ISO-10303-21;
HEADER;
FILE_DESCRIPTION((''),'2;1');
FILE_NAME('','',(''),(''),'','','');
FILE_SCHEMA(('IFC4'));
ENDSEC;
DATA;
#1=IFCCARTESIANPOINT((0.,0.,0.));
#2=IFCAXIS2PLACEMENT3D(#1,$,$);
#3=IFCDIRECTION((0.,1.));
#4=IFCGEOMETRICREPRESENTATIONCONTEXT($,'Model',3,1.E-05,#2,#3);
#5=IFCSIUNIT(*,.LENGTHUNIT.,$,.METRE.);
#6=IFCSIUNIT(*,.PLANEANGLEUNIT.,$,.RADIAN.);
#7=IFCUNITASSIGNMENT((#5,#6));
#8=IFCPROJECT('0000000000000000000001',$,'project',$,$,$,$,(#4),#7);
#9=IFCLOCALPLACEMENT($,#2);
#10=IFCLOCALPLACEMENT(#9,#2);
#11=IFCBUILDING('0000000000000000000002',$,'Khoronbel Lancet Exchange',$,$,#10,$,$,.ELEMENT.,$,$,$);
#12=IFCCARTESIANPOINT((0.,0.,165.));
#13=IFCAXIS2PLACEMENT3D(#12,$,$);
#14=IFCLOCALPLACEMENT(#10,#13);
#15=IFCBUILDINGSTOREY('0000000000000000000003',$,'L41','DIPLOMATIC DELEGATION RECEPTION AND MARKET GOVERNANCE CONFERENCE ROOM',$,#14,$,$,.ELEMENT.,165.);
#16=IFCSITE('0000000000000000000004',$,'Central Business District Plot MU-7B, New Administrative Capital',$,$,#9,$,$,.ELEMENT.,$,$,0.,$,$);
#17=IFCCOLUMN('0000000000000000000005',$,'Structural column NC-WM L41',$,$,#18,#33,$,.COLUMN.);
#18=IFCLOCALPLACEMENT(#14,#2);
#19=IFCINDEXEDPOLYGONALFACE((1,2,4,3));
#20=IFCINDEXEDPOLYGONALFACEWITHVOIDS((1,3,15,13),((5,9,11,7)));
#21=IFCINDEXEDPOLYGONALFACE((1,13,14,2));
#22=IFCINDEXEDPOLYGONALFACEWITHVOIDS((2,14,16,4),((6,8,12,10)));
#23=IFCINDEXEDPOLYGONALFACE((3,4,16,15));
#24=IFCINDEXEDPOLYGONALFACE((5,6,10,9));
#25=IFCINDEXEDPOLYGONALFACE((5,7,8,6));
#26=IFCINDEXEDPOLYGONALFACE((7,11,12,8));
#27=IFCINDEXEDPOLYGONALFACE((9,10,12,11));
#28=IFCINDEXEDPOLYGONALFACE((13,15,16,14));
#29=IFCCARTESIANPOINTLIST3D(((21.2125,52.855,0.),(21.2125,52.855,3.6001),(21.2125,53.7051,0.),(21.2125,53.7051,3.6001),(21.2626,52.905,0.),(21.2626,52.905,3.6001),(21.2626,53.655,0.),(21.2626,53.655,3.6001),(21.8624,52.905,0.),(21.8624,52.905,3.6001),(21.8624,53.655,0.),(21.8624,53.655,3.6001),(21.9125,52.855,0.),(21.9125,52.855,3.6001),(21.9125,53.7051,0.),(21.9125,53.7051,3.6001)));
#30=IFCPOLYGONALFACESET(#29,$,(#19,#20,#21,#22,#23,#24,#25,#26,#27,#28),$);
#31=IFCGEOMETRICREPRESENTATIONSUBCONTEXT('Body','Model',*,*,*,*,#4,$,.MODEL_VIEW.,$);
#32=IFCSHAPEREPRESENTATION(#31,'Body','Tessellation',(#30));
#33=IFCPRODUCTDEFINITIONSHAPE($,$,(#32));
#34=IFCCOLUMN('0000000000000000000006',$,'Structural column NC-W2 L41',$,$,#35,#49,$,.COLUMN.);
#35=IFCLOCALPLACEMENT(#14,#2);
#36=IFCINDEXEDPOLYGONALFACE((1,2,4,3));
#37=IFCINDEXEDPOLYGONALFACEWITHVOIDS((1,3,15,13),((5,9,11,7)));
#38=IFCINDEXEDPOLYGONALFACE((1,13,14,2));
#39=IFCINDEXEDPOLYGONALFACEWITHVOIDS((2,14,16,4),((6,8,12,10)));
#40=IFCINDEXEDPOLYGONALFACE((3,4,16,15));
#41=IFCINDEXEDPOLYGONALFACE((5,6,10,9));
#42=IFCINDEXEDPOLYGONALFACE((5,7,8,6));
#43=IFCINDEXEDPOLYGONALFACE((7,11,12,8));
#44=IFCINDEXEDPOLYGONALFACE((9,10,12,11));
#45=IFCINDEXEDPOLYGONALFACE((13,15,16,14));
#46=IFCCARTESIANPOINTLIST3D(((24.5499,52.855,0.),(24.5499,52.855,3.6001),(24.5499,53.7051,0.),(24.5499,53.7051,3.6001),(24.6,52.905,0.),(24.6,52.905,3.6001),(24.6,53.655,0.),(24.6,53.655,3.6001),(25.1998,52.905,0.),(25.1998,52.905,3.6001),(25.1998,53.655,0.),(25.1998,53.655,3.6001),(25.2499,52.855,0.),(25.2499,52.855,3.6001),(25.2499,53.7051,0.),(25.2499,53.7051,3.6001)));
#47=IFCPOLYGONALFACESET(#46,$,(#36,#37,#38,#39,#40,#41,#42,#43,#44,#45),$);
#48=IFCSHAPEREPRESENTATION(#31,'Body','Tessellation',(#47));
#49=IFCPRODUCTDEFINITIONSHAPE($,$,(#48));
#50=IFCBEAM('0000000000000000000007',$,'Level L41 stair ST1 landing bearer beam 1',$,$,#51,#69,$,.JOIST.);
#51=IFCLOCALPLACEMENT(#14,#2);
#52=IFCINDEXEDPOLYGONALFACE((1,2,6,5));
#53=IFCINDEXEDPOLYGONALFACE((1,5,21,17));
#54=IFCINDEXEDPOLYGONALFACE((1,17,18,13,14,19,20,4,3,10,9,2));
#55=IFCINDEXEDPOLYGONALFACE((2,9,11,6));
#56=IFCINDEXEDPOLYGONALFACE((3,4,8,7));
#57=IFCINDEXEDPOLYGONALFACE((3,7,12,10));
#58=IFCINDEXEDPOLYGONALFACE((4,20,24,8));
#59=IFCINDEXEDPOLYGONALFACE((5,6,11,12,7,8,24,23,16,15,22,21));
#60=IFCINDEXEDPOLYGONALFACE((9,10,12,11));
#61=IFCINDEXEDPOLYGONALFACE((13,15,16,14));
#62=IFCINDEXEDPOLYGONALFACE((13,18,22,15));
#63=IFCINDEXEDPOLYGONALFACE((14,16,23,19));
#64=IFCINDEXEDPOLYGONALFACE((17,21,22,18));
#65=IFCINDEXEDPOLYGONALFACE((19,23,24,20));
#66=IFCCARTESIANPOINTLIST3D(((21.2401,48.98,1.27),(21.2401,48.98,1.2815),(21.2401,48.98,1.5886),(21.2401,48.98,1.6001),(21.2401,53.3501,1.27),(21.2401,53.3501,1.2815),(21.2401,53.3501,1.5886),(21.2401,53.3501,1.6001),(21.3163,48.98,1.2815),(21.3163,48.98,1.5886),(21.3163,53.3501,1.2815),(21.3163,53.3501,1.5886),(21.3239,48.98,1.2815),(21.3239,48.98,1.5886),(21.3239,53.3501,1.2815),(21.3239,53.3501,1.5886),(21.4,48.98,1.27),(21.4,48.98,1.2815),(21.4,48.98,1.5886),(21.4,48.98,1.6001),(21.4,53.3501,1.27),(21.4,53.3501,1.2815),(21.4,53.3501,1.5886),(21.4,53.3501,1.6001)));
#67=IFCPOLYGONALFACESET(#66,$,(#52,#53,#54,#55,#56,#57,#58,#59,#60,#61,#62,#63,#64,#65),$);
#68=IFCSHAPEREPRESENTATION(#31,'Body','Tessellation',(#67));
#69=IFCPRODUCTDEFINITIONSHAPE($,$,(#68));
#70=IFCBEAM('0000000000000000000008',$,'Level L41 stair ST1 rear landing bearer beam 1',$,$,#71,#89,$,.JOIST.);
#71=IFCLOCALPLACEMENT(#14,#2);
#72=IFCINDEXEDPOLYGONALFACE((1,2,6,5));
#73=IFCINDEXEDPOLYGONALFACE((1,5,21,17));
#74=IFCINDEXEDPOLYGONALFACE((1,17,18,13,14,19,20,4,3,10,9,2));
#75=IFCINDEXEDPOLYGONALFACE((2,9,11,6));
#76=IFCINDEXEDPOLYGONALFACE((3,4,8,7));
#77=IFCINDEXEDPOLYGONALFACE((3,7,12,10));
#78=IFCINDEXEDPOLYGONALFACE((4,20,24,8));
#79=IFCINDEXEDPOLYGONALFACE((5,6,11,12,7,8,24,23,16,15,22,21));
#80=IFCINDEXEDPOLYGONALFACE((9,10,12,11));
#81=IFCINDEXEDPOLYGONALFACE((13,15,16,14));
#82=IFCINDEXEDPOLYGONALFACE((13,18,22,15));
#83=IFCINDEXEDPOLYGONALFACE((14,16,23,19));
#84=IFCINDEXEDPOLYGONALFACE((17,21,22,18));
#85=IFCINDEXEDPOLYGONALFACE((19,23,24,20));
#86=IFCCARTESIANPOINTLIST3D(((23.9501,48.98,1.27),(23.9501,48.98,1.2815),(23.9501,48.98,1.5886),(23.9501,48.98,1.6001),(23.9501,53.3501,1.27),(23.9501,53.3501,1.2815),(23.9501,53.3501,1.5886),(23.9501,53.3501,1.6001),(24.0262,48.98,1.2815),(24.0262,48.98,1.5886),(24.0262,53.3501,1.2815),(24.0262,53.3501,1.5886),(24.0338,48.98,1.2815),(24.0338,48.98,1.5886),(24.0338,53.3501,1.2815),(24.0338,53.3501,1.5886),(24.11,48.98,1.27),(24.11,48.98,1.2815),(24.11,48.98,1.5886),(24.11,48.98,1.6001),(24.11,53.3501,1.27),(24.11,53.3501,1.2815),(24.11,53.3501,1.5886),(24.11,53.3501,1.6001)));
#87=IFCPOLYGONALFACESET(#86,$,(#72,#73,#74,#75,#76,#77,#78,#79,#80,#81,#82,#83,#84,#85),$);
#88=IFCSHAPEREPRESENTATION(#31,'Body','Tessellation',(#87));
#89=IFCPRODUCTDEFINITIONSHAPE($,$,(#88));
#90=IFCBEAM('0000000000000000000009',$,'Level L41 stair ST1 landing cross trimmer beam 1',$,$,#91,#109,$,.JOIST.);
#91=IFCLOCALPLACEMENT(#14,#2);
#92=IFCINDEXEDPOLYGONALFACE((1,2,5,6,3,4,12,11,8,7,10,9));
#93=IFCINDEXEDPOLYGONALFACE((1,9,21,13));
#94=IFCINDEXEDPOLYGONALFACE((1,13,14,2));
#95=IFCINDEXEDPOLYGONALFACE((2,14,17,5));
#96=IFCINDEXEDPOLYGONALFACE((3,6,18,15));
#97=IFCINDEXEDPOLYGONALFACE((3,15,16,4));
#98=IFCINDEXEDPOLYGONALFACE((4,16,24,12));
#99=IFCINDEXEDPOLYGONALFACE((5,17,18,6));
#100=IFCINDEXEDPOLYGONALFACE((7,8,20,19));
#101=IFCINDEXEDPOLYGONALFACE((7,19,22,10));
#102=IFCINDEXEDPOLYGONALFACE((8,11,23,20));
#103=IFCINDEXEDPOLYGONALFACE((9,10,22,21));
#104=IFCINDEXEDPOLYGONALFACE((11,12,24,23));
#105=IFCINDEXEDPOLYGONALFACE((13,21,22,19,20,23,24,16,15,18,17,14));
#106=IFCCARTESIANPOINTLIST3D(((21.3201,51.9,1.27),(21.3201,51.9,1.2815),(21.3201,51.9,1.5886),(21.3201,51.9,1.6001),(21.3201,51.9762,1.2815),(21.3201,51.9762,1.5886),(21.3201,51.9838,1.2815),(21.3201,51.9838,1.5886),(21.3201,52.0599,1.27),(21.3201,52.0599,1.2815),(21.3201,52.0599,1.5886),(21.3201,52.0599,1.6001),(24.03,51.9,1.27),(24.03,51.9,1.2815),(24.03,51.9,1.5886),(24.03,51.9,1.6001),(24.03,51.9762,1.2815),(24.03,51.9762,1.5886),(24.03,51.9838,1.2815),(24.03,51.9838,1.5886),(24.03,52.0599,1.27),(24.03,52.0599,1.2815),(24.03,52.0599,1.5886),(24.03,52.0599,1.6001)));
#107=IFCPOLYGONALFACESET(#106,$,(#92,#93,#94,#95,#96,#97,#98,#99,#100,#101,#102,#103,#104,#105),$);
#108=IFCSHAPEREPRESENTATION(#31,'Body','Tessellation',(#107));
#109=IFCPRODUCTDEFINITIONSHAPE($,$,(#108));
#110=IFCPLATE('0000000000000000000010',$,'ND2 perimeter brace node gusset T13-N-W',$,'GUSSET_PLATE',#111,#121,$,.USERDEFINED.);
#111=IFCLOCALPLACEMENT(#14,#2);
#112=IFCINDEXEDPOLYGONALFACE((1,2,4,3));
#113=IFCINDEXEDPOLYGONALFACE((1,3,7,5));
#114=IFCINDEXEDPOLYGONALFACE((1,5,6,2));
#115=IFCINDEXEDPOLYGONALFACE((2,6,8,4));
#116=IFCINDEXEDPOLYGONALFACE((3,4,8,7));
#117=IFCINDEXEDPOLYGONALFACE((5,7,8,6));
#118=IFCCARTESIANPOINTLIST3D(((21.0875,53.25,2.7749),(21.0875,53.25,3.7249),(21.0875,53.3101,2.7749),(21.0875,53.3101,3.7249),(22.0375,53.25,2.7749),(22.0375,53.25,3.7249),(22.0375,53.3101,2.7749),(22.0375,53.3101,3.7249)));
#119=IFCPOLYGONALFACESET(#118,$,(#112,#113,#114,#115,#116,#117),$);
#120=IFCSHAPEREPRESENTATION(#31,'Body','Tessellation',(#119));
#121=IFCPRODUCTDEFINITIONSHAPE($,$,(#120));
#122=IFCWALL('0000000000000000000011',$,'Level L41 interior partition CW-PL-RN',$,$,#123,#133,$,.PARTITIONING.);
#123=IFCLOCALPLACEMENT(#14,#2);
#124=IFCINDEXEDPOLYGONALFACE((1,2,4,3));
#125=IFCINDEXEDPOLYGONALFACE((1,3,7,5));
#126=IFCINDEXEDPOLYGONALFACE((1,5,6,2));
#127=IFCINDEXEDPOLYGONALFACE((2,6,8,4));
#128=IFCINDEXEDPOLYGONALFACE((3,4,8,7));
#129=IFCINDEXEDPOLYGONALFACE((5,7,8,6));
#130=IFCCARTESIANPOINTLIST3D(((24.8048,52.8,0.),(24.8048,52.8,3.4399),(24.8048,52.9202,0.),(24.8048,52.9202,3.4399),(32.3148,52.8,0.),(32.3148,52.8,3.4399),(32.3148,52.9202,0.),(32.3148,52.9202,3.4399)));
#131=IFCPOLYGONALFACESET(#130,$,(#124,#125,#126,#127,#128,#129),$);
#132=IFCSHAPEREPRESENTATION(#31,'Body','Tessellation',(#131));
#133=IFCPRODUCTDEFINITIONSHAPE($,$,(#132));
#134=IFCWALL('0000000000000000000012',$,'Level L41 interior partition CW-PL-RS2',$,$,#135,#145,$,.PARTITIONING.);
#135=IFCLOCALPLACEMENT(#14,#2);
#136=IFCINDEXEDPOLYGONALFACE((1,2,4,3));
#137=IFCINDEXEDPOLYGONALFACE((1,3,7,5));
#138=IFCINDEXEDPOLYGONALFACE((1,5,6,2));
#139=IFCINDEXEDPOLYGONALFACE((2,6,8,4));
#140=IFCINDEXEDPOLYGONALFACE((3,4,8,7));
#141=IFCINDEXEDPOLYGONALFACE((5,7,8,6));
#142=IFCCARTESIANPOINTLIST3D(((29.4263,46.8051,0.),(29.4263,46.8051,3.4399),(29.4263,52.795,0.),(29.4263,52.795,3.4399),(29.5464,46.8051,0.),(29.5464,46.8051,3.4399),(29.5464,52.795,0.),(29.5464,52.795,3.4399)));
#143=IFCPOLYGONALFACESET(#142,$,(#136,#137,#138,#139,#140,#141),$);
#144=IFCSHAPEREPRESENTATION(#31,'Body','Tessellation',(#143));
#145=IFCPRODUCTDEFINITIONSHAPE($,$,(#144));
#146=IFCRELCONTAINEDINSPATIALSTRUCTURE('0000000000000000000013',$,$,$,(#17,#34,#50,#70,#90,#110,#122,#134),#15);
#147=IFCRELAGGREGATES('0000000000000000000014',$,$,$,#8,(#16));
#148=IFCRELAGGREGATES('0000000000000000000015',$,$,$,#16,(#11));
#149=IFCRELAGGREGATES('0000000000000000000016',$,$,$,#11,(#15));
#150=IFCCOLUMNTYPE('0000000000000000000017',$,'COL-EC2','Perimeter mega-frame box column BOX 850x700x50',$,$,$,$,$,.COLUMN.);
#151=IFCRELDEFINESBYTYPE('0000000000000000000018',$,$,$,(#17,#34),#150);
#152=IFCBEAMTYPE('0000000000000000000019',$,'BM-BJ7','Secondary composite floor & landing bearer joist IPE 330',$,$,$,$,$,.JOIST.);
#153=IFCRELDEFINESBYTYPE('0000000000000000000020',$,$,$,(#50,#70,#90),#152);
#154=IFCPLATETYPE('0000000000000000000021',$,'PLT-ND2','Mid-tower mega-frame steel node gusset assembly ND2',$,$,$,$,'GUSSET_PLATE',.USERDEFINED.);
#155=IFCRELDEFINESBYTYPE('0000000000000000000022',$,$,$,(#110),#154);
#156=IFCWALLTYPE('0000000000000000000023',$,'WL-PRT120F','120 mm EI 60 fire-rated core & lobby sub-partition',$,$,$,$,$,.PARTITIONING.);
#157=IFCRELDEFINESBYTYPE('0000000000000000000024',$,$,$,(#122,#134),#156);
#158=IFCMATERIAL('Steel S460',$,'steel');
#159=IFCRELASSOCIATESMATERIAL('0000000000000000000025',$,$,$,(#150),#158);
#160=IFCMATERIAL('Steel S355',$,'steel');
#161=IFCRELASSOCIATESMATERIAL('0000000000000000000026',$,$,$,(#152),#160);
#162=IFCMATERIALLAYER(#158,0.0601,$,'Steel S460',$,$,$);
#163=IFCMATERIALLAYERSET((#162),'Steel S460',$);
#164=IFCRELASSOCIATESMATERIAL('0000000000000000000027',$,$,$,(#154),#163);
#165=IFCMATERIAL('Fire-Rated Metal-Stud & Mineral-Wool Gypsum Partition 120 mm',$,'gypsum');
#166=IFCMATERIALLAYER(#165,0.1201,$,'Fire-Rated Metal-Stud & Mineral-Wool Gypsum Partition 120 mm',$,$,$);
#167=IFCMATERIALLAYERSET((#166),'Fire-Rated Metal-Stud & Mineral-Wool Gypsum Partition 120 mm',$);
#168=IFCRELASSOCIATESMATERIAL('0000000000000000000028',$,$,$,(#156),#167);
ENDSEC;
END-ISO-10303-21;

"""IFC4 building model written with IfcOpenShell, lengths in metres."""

from ifc_helpers import new_model, si_unit, direction, frame, frame_2d, origin, origin_2d, place, context, subcontext, project, spatial, rectangle, hollow_rectangle, i_section, extrude, material, layer, layer_set, material_profile, profile_set, type_object, element, save


model = new_model("IFC4")

# Units and contexts
model_context = context("Model", 3, precision=1e-05, world=origin(), true_north=direction((0.0, 1.0)))
body_context = subcontext(model_context, "Body", "Model", "MODEL_VIEW")
ifc_project = project(units=[si_unit("LENGTHUNIT", "METRE"), si_unit("PLANEANGLEUNIT", "RADIAN")], contexts=[model_context])

# Site, building, storey
site_placement = place(None, origin())
site = spatial("IfcSite", under=ifc_project, at=site_placement, Name="Central Business District Plot MU-7B, New Administrative Capital", CompositionType="ELEMENT", RefElevation=0.0)
building_placement = place(site_placement, origin())
building = spatial("IfcBuilding", under=site, at=building_placement, Name="Khoronbel Lancet Exchange", CompositionType="ELEMENT")
storey_placement = place(building_placement, frame((0.0, 0.0, 165.0)))
storey = spatial("IfcBuildingStorey", under=building, at=storey_placement, Name="L41", Description="DIPLOMATIC DELEGATION RECEPTION AND MARKET GOVERNANCE CONFERENCE ROOM", CompositionType="ELEMENT", Elevation=165.0)

# Columns
ifc_material_1 = material(Name="Steel S460", Category="steel")
ifc_material_profile_1 = material_profile(ifc_material_1, hollow_rectangle(XDim=0.7, YDim=0.8501, WallThickness=0.05, at=origin_2d()), Name="BOX 850x700x50")
ifc_profile_set_1 = profile_set([ifc_material_profile_1], Name="Steel S460")
column_type = type_object("IfcColumnType", Name="COL-EC2", Description="Perimeter mega-frame box column BOX 850x700x50", PredefinedType="COLUMN", material=ifc_profile_set_1)
for number, where, z_axis, x_axis, name in (
    (1, (21.5625, 53.28, 0.0), (0.0, 0.0, 1.0), (1.0, 0.0, 0.0), "Structural column NC-WM L41"),
    (2, (24.8999, 53.28, 0.0), (0.0, 0.0, 1.0), (1.0, 0.0, 0.0), "Structural column NC-W2 L41"),
):
    element("IfcColumn", number, at=place(storey_placement, frame(where, z_axis=z_axis, x_axis=x_axis)), inside=storey, type_object=column_type, Name=name, PredefinedType="COLUMN", context=body_context, shape_type="SweptSolid", body=[
        extrude(hollow_rectangle(XDim=0.7, YDim=0.8501, WallThickness=0.05, at=origin_2d()), origin(), (0.0, 0.0, 1.0), 3.6001),
    ])

# Beams
ifc_material_2 = material(Name="Steel S355", Category="steel")
ifc_material_profile_2 = material_profile(ifc_material_2, i_section(OverallWidth=0.1599, OverallDepth=0.3301, WebThickness=0.0076, FlangeThickness=0.0115, at=origin_2d()), Name="IPE 330")
ifc_profile_set_2 = profile_set([ifc_material_profile_2], Name="Steel S355")
beam_type = type_object("IfcBeamType", Name="BM-BJ7", Description="Secondary composite floor & landing bearer joist IPE 330", PredefinedType="JOIST", material=ifc_profile_set_2)
for number, where, z_axis, x_axis, name in (
    (3, (21.3201, 48.98, 1.4351), (0.0, 1.0, 0.0), (-1.0, 0.0, 0.0), "Level L41 stair ST1 landing bearer beam 1"),
    (4, (24.03, 48.98, 1.4351), (0.0, 1.0, 0.0), (-1.0, 0.0, 0.0), "Level L41 stair ST1 rear landing bearer beam 1"),
):
    element("IfcBeam", number, at=place(storey_placement, frame(where, z_axis=z_axis, x_axis=x_axis)), inside=storey, type_object=beam_type, Name=name, PredefinedType="JOIST", context=body_context, shape_type="SweptSolid", body=[
        extrude(i_section(OverallWidth=0.1599, OverallDepth=0.3301, WebThickness=0.0076, FlangeThickness=0.0115, at=origin_2d()), origin(), (0.0, 0.0, 1.0), 4.3701),
    ])
beam_placement = place(storey_placement, frame((21.3201, 51.98, 1.4351), z_axis=(1.0, 0.0, 0.0), x_axis=(0.0, 1.0, 0.0)))
element("IfcBeam", 5, at=beam_placement, inside=storey, type_object=beam_type, Name="Level L41 stair ST1 landing cross trimmer beam 1", PredefinedType="JOIST", context=body_context, shape_type="SweptSolid", body=[
    extrude(i_section(OverallWidth=0.1599, OverallDepth=0.3301, WebThickness=0.0076, FlangeThickness=0.0115, at=origin_2d()), origin(), (0.0, 0.0, 1.0), 2.71),
])

# Plate
ifc_layer_1 = layer(ifc_material_1, 0.0601, Name="Steel S460")
ifc_layer_set_1 = layer_set([ifc_layer_1], Name="Steel S460")
plate_type = type_object("IfcPlateType", Name="PLT-ND2", Description="Mid-tower mega-frame steel node gusset assembly ND2", ElementType="GUSSET_PLATE", PredefinedType="USERDEFINED", material=ifc_layer_set_1)
plate_placement = place(storey_placement, frame((21.5625, 53.28, 2.7749), z_axis=(0.0, 0.0, 1.0), x_axis=(1.0, 0.0, 0.0)))
element("IfcPlate", 6, at=plate_placement, inside=storey, type_object=plate_type, Name="ND2 perimeter brace node gusset T13-N-W", ObjectType="GUSSET_PLATE", PredefinedType="USERDEFINED", context=body_context, shape_type="SweptSolid", body=[
    extrude(rectangle(XDim=0.95, YDim=0.0601, at=origin_2d()), origin(), (0.0, 0.0, 1.0), 0.95),
])

# Walls
ifc_material_3 = material(Name="Fire-Rated Metal-Stud & Mineral-Wool Gypsum Partition 120 mm", Category="gypsum")
ifc_layer_2 = layer(ifc_material_3, 0.1201, Name="Fire-Rated Metal-Stud & Mineral-Wool Gypsum Partition 120 mm")
ifc_layer_set_2 = layer_set([ifc_layer_2], Name="Fire-Rated Metal-Stud & Mineral-Wool Gypsum Partition 120 mm")
wall_type_1 = type_object("IfcWallType", Name="WL-PRT120F", Description="120 mm EI 60 fire-rated core & lobby sub-partition", PredefinedType="PARTITIONING", material=ifc_layer_set_2)
wall_1_placement = place(storey_placement, frame((24.8049, 52.8601, 0.0), z_axis=(0.0, 0.0, 1.0), x_axis=(1.0, 0.0, 0.0)))
element("IfcWall", 7, at=wall_1_placement, inside=storey, type_object=wall_type_1, Name="Level L41 interior partition CW-PL-RN", PredefinedType="PARTITIONING", context=body_context, shape_type="SweptSolid", body=[
    extrude(rectangle(XDim=7.51, YDim=0.1201, at=frame_2d((3.7549, 0.0))), origin(), (0.0, 0.0, 1.0), 3.4399),
])
wall_2_placement = place(storey_placement, frame((29.4863, 46.8049, 0.0), z_axis=(0.0, 0.0, 1.0), x_axis=(0.0, 1.0, 0.0)))
element("IfcWall", 8, at=wall_2_placement, inside=storey, type_object=wall_type_1, Name="Level L41 interior partition CW-PL-RS2", PredefinedType="PARTITIONING", context=body_context, shape_type="SweptSolid", body=[
    extrude(rectangle(XDim=5.99, YDim=0.1201, at=frame_2d((2.9951, 0.0))), origin(), (0.0, 0.0, 1.0), 3.4399),
])

save(model, "model.ifc")
